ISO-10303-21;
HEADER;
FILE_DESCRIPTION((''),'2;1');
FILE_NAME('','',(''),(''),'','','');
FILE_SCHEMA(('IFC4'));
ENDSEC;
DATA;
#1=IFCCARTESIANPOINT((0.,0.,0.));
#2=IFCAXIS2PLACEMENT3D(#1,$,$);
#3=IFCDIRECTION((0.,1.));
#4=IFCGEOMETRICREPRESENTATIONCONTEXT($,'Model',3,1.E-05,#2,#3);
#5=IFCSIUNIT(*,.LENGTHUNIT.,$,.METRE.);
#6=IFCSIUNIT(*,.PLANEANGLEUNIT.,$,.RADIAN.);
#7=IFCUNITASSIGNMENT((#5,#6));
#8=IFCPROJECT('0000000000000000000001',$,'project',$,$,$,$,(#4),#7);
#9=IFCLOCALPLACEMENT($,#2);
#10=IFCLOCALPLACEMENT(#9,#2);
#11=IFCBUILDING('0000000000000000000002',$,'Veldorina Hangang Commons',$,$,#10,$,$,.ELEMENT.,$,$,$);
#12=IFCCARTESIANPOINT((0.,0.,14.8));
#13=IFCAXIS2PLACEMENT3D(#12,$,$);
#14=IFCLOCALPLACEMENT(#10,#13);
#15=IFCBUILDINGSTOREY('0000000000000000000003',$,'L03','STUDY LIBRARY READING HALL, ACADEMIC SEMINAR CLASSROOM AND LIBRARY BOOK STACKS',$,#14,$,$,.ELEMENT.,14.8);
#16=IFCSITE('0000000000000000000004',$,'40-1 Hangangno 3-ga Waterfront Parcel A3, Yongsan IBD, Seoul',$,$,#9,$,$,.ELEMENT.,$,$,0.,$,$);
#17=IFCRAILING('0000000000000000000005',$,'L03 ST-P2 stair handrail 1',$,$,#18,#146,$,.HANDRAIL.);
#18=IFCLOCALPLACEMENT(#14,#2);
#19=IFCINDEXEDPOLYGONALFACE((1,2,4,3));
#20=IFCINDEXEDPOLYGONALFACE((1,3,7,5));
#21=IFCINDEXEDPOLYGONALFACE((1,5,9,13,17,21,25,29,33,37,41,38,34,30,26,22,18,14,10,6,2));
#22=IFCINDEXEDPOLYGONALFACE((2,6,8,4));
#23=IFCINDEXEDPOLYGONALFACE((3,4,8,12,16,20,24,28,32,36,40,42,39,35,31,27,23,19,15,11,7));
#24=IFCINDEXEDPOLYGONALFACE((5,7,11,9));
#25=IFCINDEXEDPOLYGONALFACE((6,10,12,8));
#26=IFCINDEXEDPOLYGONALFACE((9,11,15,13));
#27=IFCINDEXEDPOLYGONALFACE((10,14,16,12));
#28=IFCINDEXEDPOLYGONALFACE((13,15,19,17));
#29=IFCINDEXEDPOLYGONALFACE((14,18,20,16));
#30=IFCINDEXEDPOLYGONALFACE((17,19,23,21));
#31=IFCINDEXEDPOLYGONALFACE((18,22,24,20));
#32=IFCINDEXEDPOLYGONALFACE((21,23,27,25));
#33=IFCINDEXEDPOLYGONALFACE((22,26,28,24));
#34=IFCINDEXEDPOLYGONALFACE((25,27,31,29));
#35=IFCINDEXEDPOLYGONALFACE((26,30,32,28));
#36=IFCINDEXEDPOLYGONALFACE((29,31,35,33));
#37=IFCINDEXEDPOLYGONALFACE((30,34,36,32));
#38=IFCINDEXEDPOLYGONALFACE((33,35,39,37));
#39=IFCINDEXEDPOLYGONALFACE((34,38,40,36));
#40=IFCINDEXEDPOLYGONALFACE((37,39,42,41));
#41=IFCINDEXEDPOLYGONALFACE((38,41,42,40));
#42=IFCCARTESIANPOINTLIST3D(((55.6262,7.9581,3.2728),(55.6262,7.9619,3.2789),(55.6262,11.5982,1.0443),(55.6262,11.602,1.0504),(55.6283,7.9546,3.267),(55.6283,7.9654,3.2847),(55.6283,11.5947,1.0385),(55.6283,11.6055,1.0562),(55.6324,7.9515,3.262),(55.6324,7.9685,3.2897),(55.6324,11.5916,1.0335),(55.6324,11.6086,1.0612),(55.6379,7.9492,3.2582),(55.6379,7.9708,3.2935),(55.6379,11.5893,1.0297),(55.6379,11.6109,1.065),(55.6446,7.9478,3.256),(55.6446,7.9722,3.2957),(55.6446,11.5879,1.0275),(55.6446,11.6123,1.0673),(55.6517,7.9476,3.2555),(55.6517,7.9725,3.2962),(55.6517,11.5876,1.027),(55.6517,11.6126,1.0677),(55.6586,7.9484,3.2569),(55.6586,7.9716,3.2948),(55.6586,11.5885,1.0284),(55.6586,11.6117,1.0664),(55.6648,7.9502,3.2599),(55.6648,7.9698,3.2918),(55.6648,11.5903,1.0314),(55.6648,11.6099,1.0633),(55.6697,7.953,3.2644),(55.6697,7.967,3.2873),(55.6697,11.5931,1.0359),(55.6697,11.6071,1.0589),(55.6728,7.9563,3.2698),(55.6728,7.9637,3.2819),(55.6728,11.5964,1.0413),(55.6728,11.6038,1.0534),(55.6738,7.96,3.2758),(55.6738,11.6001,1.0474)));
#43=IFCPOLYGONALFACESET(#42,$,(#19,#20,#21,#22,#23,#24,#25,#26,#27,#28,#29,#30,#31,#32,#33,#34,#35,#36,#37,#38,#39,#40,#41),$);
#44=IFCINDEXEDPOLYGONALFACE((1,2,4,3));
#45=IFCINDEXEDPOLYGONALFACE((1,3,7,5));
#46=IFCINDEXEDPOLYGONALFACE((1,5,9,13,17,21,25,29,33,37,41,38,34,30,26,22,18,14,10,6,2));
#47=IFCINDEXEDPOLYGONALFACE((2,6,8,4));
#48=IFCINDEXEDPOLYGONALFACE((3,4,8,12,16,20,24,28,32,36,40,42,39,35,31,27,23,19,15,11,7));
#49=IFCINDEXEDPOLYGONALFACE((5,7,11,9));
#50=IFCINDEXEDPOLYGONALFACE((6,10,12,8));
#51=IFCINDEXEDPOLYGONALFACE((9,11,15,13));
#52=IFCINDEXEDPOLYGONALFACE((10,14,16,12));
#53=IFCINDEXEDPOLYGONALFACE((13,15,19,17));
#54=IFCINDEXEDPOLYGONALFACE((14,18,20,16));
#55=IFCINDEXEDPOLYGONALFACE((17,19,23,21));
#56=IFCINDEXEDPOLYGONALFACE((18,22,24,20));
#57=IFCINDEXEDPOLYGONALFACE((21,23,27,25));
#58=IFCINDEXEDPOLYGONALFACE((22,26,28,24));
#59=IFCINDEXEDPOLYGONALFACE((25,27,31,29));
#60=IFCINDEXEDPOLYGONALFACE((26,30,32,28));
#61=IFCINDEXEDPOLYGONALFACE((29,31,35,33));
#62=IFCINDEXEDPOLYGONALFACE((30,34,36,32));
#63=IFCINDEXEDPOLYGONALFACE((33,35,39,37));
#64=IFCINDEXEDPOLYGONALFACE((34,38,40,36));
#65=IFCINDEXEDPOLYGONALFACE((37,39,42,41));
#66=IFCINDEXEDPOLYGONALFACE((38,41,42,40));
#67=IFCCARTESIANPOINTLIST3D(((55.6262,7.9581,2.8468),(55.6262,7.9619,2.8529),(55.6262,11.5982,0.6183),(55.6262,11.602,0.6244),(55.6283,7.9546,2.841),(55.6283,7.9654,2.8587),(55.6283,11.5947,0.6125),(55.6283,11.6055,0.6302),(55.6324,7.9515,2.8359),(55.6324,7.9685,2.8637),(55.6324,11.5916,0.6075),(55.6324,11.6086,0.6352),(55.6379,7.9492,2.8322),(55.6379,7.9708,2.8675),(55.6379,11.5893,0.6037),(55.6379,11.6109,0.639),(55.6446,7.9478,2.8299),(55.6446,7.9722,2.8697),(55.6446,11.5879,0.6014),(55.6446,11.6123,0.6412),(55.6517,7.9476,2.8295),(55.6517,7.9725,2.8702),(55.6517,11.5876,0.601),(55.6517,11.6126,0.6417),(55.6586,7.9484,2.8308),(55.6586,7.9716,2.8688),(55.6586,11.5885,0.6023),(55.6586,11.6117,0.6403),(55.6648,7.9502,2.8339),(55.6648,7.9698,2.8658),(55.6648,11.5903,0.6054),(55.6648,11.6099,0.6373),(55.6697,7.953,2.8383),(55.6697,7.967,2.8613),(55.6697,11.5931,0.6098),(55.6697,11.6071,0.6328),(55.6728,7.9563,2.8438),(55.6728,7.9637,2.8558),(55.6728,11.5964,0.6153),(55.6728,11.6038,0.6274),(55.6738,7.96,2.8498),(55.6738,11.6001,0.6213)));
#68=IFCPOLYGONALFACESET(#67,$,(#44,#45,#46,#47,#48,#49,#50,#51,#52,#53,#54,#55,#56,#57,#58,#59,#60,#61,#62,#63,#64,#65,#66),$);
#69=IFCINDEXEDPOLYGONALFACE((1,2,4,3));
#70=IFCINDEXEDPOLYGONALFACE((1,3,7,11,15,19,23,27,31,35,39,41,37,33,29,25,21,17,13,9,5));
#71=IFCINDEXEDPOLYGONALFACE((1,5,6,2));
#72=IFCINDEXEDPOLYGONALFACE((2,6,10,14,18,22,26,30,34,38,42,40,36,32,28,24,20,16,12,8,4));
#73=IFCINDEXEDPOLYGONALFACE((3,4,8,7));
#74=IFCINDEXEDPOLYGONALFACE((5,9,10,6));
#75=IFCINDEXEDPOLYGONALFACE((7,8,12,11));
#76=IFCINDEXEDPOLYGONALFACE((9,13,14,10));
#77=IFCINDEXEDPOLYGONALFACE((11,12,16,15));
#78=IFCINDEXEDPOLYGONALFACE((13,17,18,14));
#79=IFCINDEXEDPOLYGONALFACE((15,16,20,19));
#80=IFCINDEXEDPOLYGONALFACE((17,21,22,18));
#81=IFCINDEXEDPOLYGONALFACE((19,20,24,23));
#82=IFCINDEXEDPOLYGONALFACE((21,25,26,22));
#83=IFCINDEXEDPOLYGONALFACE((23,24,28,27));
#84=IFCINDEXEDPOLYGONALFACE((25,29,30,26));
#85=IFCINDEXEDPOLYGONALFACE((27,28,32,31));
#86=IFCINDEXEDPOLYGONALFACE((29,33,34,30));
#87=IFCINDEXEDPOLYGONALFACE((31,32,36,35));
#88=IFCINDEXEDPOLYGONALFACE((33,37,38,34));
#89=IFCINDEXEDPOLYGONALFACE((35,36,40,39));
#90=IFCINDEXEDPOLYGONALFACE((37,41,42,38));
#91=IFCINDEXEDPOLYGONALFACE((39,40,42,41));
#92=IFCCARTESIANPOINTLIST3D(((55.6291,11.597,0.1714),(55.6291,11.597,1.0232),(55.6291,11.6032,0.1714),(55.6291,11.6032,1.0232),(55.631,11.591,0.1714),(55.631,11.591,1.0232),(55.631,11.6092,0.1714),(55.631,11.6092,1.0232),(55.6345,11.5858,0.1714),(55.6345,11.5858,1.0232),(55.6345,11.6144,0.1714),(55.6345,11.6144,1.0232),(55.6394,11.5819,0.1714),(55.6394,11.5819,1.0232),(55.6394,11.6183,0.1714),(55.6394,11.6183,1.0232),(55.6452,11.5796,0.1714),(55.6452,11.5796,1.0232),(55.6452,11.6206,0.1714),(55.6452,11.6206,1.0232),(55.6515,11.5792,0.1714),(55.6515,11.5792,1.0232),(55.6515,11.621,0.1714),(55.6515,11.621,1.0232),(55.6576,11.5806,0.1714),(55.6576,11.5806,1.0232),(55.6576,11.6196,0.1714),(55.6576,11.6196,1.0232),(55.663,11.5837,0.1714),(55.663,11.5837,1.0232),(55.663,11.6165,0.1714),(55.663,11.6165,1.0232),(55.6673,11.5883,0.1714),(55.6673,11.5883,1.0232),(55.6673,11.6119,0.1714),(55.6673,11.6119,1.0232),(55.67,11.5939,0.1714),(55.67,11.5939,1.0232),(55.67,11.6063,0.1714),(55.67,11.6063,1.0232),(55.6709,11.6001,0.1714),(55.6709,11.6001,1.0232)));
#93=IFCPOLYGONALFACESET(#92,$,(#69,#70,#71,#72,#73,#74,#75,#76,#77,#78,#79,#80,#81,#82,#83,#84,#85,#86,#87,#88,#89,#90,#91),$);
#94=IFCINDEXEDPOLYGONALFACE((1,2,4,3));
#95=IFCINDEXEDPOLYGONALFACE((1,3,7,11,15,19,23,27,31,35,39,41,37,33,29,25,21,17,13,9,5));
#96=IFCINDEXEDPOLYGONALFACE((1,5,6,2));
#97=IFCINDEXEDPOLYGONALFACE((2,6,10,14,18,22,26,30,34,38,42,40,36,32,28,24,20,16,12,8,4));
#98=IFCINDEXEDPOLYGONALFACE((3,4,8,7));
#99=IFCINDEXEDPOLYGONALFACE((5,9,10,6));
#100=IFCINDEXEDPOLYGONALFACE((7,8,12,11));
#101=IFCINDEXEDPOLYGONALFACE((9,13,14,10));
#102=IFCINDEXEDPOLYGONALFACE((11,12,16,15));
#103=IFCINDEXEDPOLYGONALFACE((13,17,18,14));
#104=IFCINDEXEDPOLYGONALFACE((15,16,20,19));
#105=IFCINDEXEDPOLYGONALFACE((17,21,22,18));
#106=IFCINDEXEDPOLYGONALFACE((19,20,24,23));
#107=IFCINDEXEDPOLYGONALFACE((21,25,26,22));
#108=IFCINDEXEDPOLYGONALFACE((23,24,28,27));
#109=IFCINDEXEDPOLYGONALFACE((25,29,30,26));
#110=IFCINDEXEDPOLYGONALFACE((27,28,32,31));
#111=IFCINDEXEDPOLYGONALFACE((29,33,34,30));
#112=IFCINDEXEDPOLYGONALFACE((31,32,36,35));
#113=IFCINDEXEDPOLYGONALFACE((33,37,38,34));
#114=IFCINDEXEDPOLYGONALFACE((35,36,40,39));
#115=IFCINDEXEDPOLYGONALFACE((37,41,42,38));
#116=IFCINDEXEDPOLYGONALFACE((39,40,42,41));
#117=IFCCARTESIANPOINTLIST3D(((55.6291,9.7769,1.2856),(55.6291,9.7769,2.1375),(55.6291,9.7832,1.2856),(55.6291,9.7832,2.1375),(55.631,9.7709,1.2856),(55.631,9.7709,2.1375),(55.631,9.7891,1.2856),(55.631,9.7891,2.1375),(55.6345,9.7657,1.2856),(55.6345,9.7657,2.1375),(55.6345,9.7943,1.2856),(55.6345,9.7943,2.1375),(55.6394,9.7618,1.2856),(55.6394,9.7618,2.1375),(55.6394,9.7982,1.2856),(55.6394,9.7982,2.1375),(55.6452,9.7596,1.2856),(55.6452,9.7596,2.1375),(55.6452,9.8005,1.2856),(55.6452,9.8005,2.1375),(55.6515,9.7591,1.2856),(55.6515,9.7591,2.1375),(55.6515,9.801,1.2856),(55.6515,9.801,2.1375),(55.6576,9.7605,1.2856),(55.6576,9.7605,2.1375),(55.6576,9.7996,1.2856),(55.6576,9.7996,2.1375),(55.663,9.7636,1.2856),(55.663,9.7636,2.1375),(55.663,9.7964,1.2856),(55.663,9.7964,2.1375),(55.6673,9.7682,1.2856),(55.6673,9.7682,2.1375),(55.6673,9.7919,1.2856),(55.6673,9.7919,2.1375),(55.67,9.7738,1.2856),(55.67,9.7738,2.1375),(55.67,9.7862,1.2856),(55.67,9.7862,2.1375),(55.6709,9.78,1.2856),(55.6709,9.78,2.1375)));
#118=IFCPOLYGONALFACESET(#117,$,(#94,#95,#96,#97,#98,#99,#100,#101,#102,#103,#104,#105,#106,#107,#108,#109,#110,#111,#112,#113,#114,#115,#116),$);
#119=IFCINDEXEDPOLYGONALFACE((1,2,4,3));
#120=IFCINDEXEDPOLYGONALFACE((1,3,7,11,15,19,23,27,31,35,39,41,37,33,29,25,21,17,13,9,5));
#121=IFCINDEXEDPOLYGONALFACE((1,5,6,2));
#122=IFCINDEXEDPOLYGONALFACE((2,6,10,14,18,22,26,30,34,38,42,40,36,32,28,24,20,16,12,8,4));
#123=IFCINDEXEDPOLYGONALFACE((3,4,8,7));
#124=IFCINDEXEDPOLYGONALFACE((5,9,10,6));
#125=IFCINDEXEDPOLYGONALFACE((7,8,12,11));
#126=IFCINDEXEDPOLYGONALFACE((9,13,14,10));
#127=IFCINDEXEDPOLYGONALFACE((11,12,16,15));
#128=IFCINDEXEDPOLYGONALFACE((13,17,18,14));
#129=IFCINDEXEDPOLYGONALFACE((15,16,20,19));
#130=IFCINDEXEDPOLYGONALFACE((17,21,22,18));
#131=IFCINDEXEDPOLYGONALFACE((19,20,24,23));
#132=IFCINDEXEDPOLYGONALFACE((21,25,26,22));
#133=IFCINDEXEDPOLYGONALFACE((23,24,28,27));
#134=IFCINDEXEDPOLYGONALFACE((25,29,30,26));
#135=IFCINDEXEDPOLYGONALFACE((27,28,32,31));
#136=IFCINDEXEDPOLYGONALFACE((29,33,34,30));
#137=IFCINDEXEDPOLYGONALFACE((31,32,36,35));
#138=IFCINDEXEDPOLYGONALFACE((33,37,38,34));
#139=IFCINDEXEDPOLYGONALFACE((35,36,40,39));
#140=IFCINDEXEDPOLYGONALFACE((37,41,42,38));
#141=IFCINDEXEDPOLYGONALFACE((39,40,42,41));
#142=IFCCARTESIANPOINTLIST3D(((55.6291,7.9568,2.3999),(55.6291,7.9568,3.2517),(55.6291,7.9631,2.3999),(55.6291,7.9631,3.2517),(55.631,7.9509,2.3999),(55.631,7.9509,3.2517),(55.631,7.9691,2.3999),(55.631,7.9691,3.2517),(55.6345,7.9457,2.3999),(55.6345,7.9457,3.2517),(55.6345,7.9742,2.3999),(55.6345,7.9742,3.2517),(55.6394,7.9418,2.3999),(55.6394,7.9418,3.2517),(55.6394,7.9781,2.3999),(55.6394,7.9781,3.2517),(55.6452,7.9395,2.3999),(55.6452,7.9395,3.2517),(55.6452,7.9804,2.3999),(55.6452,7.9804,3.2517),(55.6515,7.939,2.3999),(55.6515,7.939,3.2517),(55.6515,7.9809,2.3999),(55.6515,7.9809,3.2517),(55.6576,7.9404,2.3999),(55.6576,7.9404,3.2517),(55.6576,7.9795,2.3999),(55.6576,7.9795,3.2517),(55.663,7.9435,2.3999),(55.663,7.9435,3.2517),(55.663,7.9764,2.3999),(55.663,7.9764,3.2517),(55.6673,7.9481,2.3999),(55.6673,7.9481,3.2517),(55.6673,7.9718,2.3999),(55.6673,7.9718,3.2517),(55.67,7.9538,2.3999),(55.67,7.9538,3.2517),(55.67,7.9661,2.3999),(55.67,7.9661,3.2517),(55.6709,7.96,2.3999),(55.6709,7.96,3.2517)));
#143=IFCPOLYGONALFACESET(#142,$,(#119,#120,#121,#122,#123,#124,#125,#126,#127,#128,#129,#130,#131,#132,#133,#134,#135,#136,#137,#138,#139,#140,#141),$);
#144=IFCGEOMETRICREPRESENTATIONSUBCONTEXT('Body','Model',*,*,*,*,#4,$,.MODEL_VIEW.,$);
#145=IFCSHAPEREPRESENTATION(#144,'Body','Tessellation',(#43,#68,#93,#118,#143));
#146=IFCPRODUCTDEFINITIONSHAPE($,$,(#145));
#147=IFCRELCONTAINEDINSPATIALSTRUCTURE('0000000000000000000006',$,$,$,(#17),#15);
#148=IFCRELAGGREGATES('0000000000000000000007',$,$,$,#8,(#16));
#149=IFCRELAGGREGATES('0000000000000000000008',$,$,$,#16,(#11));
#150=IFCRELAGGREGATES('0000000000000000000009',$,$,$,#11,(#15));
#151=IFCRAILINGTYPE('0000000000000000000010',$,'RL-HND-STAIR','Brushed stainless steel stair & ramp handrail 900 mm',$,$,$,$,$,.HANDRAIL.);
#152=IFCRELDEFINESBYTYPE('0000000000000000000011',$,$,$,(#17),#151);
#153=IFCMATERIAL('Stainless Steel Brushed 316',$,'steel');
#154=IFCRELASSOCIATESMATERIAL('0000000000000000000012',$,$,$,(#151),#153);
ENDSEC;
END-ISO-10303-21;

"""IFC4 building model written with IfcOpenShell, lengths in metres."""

from ifc_helpers import new_model, si_unit, direction, frame, origin, origin_2d, place, context, subcontext, project, spatial, circle, extrude, material, type_object, element, save


model = new_model("IFC4")

# Units and contexts
model_context = context("Model", 3, precision=1e-05, world=origin(), true_north=direction((0.0, 1.0)))
body_context = subcontext(model_context, "Body", "Model", "MODEL_VIEW")
ifc_project = project(units=[si_unit("LENGTHUNIT", "METRE"), si_unit("PLANEANGLEUNIT", "RADIAN")], contexts=[model_context])

# Site, building, storey
site_placement = place(None, origin())
site = spatial("IfcSite", under=ifc_project, at=site_placement, Name="40-1 Hangangno 3-ga Waterfront Parcel A3, Yongsan IBD, Seoul", CompositionType="ELEMENT", RefElevation=0.0)
building_placement = place(site_placement, origin())
building = spatial("IfcBuilding", under=site, at=building_placement, Name="Veldorina Hangang Commons", CompositionType="ELEMENT")
storey_placement = place(building_placement, frame((0.0, 0.0, 14.8)))
storey = spatial("IfcBuildingStorey", under=building, at=storey_placement, Name="L03", Description="STUDY LIBRARY READING HALL, ACADEMIC SEMINAR CLASSROOM AND LIBRARY BOOK STACKS", CompositionType="ELEMENT", Elevation=14.8)

# Railing
ifc_material_1 = material(Name="Stainless Steel Brushed 316", Category="steel")
railing_type_1 = type_object("IfcRailingType", Name="RL-HND-STAIR", Description="Brushed stainless steel stair & ramp handrail 900 mm", PredefinedType="HANDRAIL", material=ifc_material_1)
railing_1_placement = place(storey_placement, frame((55.6499, 11.6001, 0.1714)))
element("IfcRailing", 1, at=railing_1_placement, inside=storey, type_object=railing_type_1, Name="L03 ST-P2 stair handrail 1", PredefinedType="HANDRAIL", context=body_context, shape_type="SweptSolid", body=[
    extrude(circle(Radius=0.0239, at=origin_2d()), frame((0.0, 0.0, 0.876), z_axis=(0.0, -0.852866, 0.52213), x_axis=(1.0, 0.0, 0.0)), (0.0, 0.0, 1.0), 4.2681),
    extrude(circle(Radius=0.0239, at=origin_2d()), frame((0.0, 0.0, 0.45), z_axis=(0.0, -0.852866, 0.52213), x_axis=(1.0, 0.0, 0.0)), (0.0, 0.0, 1.0), 4.2681),
    extrude(circle(Radius=0.021, at=origin_2d()), origin(), (0.0, 0.0, 1.0), 0.8518),
    extrude(circle(Radius=0.021, at=origin_2d()), frame((0.0, -1.8201, 1.1143)), (0.0, 0.0, 1.0), 0.8518),
    extrude(circle(Radius=0.021, at=origin_2d()), frame((0.0, -3.6401, 2.2285)), (0.0, 0.0, 1.0), 0.8518),
])

save(model, "model.ifc")
